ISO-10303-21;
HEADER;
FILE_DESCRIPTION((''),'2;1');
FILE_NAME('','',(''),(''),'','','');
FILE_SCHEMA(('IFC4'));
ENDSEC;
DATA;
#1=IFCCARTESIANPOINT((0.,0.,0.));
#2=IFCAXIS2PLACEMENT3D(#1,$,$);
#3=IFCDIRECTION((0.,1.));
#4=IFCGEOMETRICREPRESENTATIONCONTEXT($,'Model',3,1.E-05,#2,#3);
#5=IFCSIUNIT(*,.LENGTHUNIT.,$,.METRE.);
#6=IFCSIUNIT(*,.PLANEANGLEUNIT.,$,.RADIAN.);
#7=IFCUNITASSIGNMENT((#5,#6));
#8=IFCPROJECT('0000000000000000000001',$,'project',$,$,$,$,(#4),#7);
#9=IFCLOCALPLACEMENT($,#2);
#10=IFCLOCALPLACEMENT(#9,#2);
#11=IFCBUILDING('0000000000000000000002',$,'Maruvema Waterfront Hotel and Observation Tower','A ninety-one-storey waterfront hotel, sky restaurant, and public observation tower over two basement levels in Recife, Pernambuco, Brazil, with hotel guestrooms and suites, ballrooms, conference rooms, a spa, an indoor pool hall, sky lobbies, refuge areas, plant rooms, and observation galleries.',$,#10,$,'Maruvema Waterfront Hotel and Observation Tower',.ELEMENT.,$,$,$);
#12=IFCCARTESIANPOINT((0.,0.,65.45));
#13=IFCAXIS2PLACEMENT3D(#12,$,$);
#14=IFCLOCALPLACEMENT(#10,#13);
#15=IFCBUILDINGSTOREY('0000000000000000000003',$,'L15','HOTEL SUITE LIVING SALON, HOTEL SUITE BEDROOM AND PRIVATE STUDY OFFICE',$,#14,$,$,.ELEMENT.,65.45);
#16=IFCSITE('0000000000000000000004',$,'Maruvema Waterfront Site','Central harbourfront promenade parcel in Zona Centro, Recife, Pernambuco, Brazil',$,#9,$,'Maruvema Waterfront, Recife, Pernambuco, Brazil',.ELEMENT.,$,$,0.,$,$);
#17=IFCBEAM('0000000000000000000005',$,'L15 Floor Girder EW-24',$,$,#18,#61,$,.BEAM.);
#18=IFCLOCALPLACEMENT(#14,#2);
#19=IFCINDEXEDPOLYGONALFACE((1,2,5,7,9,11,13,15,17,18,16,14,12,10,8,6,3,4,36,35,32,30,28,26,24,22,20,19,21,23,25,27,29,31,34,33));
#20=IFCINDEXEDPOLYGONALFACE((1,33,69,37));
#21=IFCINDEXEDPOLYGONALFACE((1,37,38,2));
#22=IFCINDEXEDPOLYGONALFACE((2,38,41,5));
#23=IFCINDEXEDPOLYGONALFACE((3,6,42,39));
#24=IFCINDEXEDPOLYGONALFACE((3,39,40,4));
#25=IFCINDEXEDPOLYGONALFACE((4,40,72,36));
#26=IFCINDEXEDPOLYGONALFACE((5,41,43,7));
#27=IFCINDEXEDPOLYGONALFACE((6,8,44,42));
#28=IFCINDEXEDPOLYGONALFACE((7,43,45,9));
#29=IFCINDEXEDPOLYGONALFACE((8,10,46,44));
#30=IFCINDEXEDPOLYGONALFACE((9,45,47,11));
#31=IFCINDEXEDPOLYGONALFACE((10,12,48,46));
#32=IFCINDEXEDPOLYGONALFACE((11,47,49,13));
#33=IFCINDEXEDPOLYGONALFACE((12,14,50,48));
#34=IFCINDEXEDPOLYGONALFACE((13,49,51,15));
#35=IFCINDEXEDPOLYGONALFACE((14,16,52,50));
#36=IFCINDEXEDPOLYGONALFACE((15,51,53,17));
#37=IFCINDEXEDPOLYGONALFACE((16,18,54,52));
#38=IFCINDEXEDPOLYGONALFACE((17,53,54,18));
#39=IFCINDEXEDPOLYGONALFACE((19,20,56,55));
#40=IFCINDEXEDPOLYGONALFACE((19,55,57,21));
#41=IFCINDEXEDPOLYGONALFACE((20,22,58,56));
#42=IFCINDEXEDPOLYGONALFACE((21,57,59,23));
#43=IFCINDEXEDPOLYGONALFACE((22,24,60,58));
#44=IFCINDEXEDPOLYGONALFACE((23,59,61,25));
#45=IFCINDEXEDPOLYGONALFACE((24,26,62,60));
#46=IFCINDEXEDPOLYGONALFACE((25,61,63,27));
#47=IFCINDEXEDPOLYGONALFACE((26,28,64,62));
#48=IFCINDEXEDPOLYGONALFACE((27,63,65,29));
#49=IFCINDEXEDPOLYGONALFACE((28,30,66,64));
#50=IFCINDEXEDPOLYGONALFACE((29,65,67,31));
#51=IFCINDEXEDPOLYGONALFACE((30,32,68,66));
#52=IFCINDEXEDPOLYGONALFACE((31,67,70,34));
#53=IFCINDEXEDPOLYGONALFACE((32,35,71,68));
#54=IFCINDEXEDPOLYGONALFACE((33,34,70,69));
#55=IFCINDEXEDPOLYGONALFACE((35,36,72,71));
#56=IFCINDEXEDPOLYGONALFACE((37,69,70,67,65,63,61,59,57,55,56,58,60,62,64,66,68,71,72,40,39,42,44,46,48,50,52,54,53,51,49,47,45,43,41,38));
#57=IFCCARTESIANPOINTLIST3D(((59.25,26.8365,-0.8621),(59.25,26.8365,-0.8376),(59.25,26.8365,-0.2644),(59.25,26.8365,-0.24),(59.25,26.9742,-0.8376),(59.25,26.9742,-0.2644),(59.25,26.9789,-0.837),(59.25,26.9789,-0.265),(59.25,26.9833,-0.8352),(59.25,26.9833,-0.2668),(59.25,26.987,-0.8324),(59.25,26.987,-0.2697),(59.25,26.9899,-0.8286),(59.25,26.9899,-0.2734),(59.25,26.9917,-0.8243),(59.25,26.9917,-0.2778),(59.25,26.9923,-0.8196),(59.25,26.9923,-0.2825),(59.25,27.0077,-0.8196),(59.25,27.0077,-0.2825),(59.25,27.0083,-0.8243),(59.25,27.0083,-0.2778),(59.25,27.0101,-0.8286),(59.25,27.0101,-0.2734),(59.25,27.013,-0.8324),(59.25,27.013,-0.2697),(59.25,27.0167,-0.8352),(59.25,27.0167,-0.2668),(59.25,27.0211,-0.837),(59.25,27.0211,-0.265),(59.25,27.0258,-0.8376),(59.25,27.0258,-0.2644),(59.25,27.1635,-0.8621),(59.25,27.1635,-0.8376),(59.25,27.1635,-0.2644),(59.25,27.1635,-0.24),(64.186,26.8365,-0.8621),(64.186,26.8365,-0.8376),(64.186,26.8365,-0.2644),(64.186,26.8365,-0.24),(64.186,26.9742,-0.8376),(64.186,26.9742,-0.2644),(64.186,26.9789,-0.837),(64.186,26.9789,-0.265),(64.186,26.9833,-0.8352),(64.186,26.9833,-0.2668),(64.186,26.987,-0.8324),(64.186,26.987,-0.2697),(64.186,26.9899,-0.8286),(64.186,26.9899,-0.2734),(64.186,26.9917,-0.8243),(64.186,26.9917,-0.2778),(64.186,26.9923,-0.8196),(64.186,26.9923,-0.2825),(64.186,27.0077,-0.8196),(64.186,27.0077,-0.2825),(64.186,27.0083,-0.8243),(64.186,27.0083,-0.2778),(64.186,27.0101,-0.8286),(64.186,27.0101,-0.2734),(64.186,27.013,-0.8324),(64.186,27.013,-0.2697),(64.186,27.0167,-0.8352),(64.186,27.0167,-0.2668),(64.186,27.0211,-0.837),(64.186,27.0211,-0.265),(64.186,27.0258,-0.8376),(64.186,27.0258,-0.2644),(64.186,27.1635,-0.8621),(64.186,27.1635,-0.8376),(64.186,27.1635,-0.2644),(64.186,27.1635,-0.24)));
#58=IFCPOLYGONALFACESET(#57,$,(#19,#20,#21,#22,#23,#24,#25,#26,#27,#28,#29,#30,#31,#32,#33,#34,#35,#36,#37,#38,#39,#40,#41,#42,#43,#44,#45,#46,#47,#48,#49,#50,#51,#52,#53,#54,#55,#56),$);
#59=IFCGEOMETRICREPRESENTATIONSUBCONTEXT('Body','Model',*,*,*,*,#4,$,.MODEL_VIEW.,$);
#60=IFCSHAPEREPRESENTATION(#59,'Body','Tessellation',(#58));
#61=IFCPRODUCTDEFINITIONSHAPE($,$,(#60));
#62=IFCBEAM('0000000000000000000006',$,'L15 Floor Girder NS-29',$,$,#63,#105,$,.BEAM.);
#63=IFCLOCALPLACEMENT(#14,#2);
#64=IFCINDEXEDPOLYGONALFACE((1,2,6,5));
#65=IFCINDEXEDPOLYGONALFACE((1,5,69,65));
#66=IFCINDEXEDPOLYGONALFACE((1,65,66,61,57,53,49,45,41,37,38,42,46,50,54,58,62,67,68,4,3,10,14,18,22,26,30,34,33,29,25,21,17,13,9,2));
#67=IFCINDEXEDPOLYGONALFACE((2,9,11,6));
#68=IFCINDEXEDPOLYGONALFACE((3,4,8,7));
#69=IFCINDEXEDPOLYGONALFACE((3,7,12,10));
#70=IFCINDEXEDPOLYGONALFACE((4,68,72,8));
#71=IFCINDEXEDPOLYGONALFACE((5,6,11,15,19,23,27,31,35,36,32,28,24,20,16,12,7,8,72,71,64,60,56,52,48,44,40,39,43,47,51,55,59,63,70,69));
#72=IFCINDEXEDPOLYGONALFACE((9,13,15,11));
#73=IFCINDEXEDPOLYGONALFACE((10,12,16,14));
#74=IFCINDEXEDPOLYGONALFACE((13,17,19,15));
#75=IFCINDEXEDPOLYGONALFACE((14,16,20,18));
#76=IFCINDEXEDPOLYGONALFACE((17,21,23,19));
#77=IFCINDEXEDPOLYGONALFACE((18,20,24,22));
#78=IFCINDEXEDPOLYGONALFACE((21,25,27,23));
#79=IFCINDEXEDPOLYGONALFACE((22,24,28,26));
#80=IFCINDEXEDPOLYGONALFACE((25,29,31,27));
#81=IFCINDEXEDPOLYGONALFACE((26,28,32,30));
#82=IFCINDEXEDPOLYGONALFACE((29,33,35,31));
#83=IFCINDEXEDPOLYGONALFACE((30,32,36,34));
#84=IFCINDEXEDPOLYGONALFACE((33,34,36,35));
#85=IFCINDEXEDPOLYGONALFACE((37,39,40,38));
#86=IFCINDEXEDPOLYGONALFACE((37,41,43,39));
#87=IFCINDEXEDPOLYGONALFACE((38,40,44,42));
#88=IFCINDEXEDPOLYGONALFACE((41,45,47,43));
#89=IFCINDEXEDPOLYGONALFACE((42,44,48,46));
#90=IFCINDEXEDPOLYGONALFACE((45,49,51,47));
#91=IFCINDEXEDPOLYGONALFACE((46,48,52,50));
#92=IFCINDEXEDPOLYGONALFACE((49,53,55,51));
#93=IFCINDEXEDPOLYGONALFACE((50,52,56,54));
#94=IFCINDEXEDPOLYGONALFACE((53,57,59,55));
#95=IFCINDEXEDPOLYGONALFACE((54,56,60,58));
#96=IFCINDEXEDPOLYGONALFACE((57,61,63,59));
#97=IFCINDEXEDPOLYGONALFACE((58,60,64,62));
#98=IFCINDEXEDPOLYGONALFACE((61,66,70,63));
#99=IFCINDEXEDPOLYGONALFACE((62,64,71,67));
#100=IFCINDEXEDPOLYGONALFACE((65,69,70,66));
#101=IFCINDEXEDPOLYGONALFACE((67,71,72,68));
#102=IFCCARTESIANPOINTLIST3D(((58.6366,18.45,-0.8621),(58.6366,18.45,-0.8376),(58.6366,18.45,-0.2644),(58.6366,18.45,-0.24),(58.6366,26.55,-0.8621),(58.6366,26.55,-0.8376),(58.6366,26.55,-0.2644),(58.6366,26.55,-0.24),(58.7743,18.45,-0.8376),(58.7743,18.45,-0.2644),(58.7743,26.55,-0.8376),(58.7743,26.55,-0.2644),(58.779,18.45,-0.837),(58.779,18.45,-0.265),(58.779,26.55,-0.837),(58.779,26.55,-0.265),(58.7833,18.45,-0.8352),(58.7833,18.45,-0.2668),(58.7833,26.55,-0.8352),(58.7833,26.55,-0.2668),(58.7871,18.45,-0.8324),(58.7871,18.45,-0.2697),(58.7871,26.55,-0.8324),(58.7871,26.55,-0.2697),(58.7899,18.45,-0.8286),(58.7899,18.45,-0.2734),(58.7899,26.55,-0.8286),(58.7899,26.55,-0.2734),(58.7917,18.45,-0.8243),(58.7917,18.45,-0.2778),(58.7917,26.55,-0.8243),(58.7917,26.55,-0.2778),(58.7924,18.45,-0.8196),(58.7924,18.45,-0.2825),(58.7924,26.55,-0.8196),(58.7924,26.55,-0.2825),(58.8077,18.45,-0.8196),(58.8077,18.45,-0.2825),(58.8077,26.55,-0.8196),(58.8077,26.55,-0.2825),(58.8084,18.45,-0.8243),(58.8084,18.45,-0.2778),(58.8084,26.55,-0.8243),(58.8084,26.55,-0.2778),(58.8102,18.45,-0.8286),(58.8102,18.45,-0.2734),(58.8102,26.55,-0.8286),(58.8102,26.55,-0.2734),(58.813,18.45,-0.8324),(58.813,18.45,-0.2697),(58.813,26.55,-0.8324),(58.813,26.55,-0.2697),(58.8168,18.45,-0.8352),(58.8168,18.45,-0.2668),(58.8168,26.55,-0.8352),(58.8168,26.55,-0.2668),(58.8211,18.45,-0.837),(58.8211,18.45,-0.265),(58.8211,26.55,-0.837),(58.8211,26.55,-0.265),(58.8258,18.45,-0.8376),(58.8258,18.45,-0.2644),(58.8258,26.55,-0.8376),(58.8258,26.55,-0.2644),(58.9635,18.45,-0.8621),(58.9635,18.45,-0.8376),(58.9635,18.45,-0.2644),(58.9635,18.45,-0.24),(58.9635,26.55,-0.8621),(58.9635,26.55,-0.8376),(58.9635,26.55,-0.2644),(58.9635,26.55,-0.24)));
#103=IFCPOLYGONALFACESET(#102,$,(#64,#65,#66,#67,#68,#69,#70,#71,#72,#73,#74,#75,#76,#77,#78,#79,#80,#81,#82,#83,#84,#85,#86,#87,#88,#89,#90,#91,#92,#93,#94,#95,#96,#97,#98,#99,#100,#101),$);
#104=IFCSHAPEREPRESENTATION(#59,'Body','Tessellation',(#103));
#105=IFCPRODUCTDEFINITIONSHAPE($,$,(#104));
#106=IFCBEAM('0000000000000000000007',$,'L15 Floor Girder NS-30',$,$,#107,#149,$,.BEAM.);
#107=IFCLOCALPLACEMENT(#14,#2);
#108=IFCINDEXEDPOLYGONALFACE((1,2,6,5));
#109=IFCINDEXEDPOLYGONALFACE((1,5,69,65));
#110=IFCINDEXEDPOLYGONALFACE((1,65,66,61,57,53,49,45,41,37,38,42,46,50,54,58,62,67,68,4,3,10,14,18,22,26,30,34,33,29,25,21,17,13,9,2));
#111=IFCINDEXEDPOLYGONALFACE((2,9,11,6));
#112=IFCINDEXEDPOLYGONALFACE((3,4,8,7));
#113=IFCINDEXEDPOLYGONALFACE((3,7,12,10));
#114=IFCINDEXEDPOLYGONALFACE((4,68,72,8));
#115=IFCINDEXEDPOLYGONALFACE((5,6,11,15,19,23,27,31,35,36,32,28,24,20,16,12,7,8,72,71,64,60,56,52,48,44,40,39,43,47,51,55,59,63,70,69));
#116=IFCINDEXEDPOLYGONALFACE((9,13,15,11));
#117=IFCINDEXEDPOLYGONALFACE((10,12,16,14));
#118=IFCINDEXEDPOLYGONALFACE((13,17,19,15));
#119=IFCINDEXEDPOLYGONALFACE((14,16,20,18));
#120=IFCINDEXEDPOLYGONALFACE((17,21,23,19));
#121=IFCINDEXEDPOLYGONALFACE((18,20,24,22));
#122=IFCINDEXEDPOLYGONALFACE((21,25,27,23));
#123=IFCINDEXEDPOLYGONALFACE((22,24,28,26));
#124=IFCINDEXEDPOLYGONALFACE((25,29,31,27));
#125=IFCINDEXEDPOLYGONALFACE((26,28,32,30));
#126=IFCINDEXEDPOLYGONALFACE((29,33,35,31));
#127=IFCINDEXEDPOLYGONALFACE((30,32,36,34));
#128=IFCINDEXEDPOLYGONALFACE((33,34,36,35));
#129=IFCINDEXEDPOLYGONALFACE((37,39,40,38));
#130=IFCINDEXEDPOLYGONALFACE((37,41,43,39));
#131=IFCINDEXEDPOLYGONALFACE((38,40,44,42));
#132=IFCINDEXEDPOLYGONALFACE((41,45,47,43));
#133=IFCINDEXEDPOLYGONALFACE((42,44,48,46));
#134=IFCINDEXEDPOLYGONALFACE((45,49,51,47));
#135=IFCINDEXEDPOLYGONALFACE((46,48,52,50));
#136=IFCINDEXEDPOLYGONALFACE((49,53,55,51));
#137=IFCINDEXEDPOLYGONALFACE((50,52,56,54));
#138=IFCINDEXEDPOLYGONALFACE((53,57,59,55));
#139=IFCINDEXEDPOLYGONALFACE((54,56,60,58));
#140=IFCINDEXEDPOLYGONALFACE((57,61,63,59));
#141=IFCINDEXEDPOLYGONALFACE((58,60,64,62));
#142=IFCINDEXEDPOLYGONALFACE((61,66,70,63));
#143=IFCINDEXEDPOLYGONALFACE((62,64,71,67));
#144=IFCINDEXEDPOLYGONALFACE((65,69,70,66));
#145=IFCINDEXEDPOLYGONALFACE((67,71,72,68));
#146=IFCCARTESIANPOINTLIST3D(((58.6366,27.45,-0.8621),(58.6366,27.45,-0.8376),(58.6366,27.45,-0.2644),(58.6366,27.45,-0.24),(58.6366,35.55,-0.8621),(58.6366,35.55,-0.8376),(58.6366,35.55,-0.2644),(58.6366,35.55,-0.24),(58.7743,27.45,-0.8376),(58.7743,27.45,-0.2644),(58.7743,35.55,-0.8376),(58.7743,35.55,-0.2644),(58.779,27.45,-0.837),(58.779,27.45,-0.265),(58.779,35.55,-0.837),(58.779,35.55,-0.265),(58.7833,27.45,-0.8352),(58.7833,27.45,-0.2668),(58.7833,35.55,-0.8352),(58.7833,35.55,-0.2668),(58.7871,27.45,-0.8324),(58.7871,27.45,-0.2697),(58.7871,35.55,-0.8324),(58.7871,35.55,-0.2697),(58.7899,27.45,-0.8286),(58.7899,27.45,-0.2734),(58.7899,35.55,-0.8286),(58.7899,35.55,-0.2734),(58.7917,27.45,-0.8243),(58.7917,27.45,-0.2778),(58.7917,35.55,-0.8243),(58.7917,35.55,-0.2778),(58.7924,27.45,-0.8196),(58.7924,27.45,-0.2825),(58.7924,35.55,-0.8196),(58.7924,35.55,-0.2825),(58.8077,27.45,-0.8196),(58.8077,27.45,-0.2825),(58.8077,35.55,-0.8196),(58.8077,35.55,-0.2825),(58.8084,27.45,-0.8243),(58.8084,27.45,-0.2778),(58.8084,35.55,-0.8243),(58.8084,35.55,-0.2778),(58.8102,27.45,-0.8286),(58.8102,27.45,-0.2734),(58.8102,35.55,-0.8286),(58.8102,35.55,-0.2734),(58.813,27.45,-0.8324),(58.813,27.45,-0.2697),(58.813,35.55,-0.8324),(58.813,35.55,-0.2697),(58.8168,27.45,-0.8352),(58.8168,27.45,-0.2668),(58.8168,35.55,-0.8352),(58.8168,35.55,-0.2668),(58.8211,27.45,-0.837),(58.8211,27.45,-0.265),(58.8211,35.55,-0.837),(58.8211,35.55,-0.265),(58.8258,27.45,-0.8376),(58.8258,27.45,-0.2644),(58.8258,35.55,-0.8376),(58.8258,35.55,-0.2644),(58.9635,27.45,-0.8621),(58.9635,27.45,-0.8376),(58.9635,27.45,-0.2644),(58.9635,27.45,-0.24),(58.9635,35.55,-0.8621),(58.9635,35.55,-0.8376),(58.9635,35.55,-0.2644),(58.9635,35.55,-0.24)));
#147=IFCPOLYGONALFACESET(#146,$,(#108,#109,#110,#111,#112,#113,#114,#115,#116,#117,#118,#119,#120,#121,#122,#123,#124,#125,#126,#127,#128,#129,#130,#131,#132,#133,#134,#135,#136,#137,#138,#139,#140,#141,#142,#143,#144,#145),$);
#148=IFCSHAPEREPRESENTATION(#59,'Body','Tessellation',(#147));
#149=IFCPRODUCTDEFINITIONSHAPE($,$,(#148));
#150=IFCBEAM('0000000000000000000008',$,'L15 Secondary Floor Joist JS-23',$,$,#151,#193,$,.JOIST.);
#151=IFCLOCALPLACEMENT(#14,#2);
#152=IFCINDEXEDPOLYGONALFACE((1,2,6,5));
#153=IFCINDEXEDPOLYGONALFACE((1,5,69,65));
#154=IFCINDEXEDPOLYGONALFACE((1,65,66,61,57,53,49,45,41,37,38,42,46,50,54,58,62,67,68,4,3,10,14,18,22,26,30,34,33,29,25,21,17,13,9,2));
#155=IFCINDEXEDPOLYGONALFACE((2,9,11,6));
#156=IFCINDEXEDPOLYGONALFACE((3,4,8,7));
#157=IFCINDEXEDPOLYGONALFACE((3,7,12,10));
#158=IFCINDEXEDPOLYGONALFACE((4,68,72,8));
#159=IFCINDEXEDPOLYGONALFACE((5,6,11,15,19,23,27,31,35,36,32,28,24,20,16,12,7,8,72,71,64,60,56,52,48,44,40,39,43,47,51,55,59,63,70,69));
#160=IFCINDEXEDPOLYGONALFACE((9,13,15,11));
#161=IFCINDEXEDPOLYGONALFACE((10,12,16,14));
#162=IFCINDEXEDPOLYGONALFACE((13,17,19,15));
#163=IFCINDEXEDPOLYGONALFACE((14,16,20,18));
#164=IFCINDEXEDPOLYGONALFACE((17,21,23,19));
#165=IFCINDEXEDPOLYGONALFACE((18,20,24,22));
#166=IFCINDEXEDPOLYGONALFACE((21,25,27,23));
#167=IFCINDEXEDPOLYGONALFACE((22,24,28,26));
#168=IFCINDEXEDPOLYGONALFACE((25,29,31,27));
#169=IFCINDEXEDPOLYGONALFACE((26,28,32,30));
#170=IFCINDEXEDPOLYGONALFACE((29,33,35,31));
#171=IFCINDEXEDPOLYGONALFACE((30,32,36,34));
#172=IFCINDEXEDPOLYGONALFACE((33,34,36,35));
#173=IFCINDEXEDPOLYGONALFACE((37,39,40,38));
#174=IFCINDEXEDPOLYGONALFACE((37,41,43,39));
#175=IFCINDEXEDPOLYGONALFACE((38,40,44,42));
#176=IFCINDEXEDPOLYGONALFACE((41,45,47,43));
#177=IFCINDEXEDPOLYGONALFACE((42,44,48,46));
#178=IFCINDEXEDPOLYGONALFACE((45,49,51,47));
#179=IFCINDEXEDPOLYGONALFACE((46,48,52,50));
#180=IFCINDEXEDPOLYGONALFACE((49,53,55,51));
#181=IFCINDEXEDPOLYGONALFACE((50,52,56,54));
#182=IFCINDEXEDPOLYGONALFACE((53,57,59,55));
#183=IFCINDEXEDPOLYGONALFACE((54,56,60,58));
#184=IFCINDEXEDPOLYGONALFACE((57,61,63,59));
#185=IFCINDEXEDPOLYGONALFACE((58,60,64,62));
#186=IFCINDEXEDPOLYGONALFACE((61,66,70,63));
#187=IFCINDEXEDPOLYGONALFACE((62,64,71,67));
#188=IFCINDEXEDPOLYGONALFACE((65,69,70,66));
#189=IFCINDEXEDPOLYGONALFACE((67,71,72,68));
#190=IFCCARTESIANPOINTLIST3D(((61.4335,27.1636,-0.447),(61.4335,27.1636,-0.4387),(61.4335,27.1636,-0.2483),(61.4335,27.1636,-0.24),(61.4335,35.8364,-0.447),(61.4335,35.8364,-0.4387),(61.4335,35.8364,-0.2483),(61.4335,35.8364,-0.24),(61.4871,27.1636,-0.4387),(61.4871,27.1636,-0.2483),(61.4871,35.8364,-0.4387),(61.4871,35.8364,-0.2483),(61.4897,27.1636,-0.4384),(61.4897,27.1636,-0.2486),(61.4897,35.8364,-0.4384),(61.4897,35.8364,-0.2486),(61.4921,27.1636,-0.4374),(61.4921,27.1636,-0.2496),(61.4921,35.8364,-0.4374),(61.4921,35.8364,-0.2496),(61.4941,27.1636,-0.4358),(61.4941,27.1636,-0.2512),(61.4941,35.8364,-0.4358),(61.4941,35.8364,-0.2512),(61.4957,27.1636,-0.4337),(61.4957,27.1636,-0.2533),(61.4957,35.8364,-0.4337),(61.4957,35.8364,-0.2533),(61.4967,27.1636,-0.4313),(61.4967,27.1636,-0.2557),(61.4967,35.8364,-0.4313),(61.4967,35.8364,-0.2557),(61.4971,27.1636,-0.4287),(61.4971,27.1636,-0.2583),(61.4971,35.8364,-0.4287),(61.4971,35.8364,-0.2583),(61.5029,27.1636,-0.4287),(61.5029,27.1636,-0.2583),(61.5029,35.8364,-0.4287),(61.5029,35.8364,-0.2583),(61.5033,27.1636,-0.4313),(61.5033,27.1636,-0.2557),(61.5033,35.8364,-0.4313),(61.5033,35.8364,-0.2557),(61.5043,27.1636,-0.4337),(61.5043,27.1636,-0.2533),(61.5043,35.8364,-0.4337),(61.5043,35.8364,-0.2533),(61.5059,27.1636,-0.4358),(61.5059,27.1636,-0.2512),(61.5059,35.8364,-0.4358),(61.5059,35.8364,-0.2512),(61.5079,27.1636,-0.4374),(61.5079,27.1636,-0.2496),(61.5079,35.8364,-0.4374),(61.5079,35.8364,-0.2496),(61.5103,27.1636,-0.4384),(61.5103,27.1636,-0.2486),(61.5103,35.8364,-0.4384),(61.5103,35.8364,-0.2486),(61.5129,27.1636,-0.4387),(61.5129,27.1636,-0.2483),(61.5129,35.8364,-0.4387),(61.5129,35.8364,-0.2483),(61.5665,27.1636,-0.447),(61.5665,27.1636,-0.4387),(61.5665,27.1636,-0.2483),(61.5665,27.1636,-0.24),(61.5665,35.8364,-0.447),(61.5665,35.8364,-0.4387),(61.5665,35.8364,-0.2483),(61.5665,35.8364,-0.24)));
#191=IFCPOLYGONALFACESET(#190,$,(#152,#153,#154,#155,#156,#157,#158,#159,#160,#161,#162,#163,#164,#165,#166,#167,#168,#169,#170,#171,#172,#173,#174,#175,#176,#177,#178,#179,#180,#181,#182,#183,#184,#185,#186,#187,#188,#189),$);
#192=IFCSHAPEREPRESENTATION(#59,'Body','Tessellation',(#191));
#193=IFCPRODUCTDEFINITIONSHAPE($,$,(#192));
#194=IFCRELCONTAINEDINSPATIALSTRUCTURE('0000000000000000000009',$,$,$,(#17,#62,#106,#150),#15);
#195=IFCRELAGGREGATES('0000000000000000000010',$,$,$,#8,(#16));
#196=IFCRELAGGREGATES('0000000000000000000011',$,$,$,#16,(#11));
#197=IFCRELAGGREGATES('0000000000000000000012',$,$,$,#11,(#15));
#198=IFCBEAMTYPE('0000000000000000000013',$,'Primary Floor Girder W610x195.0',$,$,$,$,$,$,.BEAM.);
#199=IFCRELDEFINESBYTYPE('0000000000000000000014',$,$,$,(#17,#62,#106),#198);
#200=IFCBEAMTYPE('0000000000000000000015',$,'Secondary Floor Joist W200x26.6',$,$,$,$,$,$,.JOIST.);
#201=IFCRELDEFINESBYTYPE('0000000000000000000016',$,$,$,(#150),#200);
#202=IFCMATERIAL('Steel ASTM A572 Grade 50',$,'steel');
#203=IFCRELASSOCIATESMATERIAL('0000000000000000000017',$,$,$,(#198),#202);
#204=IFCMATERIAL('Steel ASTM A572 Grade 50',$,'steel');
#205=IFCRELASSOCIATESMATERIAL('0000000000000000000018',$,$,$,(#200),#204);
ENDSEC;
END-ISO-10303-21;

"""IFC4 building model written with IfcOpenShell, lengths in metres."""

from ifc_helpers import new_model, si_unit, direction, frame, origin, origin_2d, place, context, subcontext, project, spatial, i_section, extrude, material, material_profile, profile_set, type_object, element, save


model = new_model("IFC4")

# Units and contexts
model_context = context("Model", 3, precision=1e-05, world=origin(), true_north=direction((0.0, 1.0)))
body_context = subcontext(model_context, "Body", "Model", "MODEL_VIEW")
ifc_project = project(units=[si_unit("LENGTHUNIT", "METRE"), si_unit("PLANEANGLEUNIT", "RADIAN")], contexts=[model_context])

# Site, building, storey
site_placement = place(None, origin())
site = spatial("IfcSite", under=ifc_project, at=site_placement, Name="Maruvema Waterfront Site", Description="Central harbourfront promenade parcel in Zona Centro, Recife, Pernambuco, Brazil", LongName="Maruvema Waterfront, Recife, Pernambuco, Brazil", CompositionType="ELEMENT", RefElevation=0.0)
building_placement = place(site_placement, origin())
building = spatial("IfcBuilding", under=site, at=building_placement, Name="Maruvema Waterfront Hotel and Observation Tower", Description="A ninety-one-storey waterfront hotel, sky restaurant, and public observation tower over two basement levels in Recife, Pernambuco, Brazil, with hotel guestrooms and suites, ballrooms, conference rooms, a spa, an indoor pool hall, sky lobbies, refuge areas, plant rooms, and observation galleries.", LongName="Maruvema Waterfront Hotel and Observation Tower", CompositionType="ELEMENT")
storey_placement = place(building_placement, frame((0.0, 0.0, 65.45)))
storey = spatial("IfcBuildingStorey", under=building, at=storey_placement, Name="L15", Description="HOTEL SUITE LIVING SALON, HOTEL SUITE BEDROOM AND PRIVATE STUDY OFFICE", CompositionType="ELEMENT", Elevation=65.45)

# Beams
ifc_material_1 = material(Name="Steel ASTM A572 Grade 50", Category="steel")
ifc_material_profile_1 = material_profile(ifc_material_1, i_section(OverallWidth=0.3269, OverallDepth=0.6221, WebThickness=0.0154, FlangeThickness=0.0244, FilletRadius=0.0181, at=origin_2d()), Name="W610x195.0")
ifc_profile_set_1 = profile_set([ifc_material_profile_1], Name="Steel ASTM A572 Grade 50")
beam_type_1 = type_object("IfcBeamType", Name="Primary Floor Girder W610x195.0", PredefinedType="BEAM", material=ifc_profile_set_1)
for number, where, z_axis, x_axis, name in (
    (1, (59.25, 27.0, -0.551), (1.0, 0.0, 0.0), (0.0, 1.0, 0.0), "L15 Floor Girder EW-24"),
):
    element("IfcBeam", number, at=place(storey_placement, frame(where, z_axis=z_axis, x_axis=x_axis)), inside=storey, type_object=beam_type_1, Name=name, PredefinedType="BEAM", context=body_context, shape_type="SweptSolid", body=[
        extrude(i_section(OverallWidth=0.3269, OverallDepth=0.6221, WebThickness=0.0154, FlangeThickness=0.0244, FilletRadius=0.0181, at=origin_2d()), origin(), (0.0, 0.0, 1.0), 4.936),
    ])
for number, where, z_axis, x_axis, name in (
    (2, (58.8, 18.45, -0.551), (0.0, 1.0, 0.0), (-1.0, 0.0, 0.0), "L15 Floor Girder NS-29"),
    (3, (58.8, 27.45, -0.551), (0.0, 1.0, 0.0), (-1.0, 0.0, 0.0), "L15 Floor Girder NS-30"),
):
    element("IfcBeam", number, at=place(storey_placement, frame(where, z_axis=z_axis, x_axis=x_axis)), inside=storey, type_object=beam_type_1, Name=name, PredefinedType="BEAM", context=body_context, shape_type="SweptSolid", body=[
        extrude(i_section(OverallWidth=0.3269, OverallDepth=0.6221, WebThickness=0.0154, FlangeThickness=0.0244, FilletRadius=0.0181, at=origin_2d()), origin(), (0.0, 0.0, 1.0), 8.1001),
    ])
ifc_material_2 = material(Name="Steel ASTM A572 Grade 50", Category="steel")
ifc_material_profile_2 = material_profile(ifc_material_2, i_section(OverallWidth=0.1331, OverallDepth=0.207, WebThickness=0.0059, FlangeThickness=0.0083, FilletRadius=0.01, at=origin_2d()), Name="W200x26.6")
ifc_profile_set_2 = profile_set([ifc_material_profile_2], Name="Steel ASTM A572 Grade 50")
beam_type_2 = type_object("IfcBeamType", Name="Secondary Floor Joist W200x26.6", PredefinedType="JOIST", material=ifc_profile_set_2)
beam_1_placement = place(storey_placement, frame((61.5, 27.1636, -0.3435), z_axis=(0.0, 1.0, 0.0), x_axis=(-1.0, 0.0, 0.0)))
element("IfcBeam", 4, at=beam_1_placement, inside=storey, type_object=beam_type_2, Name="L15 Secondary Floor Joist JS-23", PredefinedType="JOIST", context=body_context, shape_type="SweptSolid", body=[
    extrude(i_section(OverallWidth=0.1331, OverallDepth=0.207, WebThickness=0.0059, FlangeThickness=0.0083, FilletRadius=0.01, at=origin_2d()), origin(), (0.0, 0.0, 1.0), 8.6729),
])

save(model, "model.ifc")
